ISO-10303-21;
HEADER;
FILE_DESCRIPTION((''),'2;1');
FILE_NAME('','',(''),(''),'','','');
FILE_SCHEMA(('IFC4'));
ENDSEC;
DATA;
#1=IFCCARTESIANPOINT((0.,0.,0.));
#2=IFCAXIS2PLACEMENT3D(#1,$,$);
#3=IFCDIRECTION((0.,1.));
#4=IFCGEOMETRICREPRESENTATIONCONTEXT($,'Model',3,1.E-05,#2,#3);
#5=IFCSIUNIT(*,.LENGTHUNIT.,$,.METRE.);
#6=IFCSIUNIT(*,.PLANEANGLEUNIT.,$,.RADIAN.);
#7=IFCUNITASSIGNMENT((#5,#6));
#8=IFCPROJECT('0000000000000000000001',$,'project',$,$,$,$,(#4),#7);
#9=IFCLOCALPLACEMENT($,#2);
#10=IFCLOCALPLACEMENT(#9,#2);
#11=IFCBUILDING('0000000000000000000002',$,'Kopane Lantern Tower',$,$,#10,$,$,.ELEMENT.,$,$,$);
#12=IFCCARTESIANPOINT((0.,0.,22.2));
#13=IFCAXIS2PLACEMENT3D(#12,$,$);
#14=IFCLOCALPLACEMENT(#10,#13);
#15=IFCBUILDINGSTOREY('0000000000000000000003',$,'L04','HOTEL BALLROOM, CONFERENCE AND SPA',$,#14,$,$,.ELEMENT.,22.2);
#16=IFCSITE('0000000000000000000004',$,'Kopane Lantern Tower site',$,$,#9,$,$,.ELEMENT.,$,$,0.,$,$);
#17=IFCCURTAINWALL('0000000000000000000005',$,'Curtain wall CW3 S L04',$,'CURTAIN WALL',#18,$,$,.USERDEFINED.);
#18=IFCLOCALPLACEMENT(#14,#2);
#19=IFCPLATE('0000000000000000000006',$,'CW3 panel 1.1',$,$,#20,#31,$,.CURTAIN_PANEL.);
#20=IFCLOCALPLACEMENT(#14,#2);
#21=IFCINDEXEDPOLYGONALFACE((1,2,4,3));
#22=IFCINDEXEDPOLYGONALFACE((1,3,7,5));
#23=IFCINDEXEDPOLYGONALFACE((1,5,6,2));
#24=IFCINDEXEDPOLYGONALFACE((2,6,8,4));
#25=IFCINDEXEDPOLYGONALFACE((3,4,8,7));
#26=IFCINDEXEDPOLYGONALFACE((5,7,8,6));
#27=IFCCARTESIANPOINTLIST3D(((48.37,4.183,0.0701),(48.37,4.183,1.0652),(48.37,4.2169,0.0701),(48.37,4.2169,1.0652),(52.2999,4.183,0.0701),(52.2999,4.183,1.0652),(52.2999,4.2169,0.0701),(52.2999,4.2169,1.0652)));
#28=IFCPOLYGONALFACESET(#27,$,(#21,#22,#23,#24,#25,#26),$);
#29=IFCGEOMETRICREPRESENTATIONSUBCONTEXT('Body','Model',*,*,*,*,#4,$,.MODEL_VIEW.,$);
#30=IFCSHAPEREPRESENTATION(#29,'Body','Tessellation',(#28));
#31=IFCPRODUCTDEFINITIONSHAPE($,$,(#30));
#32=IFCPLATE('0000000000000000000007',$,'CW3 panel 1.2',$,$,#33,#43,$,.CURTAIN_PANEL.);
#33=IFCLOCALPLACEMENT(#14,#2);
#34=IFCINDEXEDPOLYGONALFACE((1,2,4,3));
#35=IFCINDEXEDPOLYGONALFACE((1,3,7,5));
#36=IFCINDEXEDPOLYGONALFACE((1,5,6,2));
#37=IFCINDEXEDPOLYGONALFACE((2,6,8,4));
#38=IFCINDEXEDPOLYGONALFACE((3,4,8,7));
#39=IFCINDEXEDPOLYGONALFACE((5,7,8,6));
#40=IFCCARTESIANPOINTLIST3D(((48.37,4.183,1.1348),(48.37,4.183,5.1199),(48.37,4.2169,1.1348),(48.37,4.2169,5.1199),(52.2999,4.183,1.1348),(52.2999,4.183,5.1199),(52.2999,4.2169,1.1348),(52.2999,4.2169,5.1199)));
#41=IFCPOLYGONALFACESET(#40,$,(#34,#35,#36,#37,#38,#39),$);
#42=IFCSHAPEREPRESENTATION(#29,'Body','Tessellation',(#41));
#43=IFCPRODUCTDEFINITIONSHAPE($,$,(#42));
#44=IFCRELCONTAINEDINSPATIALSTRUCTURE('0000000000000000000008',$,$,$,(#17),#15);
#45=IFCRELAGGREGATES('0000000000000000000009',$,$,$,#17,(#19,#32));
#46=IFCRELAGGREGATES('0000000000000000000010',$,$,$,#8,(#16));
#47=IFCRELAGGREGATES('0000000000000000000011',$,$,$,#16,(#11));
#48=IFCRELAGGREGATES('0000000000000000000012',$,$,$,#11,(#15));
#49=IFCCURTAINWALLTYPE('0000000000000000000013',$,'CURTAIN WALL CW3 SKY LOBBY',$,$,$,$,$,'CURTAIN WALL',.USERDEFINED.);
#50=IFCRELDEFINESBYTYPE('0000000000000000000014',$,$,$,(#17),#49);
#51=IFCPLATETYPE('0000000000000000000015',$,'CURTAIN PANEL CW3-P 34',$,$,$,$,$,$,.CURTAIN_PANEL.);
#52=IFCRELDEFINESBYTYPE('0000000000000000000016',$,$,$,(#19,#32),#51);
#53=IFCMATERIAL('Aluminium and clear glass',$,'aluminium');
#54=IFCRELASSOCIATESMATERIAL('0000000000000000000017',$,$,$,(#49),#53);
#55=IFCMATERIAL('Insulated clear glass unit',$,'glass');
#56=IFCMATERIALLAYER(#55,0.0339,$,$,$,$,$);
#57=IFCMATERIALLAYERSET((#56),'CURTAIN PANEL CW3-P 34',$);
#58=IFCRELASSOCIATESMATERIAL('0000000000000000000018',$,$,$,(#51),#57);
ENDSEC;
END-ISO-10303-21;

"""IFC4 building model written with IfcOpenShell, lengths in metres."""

from ifc_helpers import new_model, si_unit, direction, frame, origin, origin_2d, place, context, subcontext, project, spatial, rectangle, extrude, material, layer, layer_set, type_object, element, aggregate, save


model = new_model("IFC4")

# Units and contexts
model_context = context("Model", 3, precision=1e-05, world=origin(), true_north=direction((0.0, 1.0)))
body_context = subcontext(model_context, "Body", "Model", "MODEL_VIEW")
ifc_project = project(units=[si_unit("LENGTHUNIT", "METRE"), si_unit("PLANEANGLEUNIT", "RADIAN")], contexts=[model_context])

# Site, building, storey
site_placement = place(None, origin())
site = spatial("IfcSite", under=ifc_project, at=site_placement, Name="Kopane Lantern Tower site", CompositionType="ELEMENT", RefElevation=0.0)
building_placement = place(site_placement, origin())
building = spatial("IfcBuilding", under=site, at=building_placement, Name="Kopane Lantern Tower", CompositionType="ELEMENT")
storey_placement = place(building_placement, frame((0.0, 0.0, 22.2)))
storey = spatial("IfcBuildingStorey", under=building, at=storey_placement, Name="L04", Description="HOTEL BALLROOM, CONFERENCE AND SPA", CompositionType="ELEMENT", Elevation=22.2)

# Curtain wall
ifc_material_1 = material(Name="Aluminium and clear glass", Category="aluminium")
curtain_wall_type = type_object("IfcCurtainWallType", Name="CURTAIN WALL CW3 SKY LOBBY", ElementType="CURTAIN WALL", PredefinedType="USERDEFINED", material=ifc_material_1)
curtain_wall_1_placement = place(storey_placement, origin())
curtain_wall_1 = element("IfcCurtainWall", 1, at=curtain_wall_1_placement, inside=storey, type_object=curtain_wall_type, Name="Curtain wall CW3 S L04", ObjectType="CURTAIN WALL", PredefinedType="USERDEFINED")

# Plates
ifc_material_2 = material(Name="Insulated clear glass unit", Category="glass")
ifc_layer_1 = layer(ifc_material_2, 0.0339)
ifc_layer_set_1 = layer_set([ifc_layer_1], Name="CURTAIN PANEL CW3-P 34")
plate_type = type_object("IfcPlateType", Name="CURTAIN PANEL CW3-P 34", PredefinedType="CURTAIN_PANEL", material=ifc_layer_set_1)
plate_1_placement = place(storey_placement, frame((50.335, 4.2, 0.0701), z_axis=(0.0, 0.0, 1.0), x_axis=(1.0, 0.0, 0.0)))
plate_1 = element("IfcPlate", 2, at=plate_1_placement, type_object=plate_type, Name="CW3 panel 1.1", PredefinedType="CURTAIN_PANEL", context=body_context, shape_type="SweptSolid", body=[
    extrude(rectangle(XDim=3.9299, YDim=0.0339, at=origin_2d()), origin(), (0.0, 0.0, 1.0), 0.9951),
])
plate_2_placement = place(storey_placement, frame((50.335, 4.2, 1.1348), z_axis=(0.0, 0.0, 1.0), x_axis=(1.0, 0.0, 0.0)))
plate_2 = element("IfcPlate", 3, at=plate_2_placement, type_object=plate_type, Name="CW3 panel 1.2", PredefinedType="CURTAIN_PANEL", context=body_context, shape_type="SweptSolid", body=[
    extrude(rectangle(XDim=3.9299, YDim=0.0339, at=origin_2d()), origin(), (0.0, 0.0, 1.0), 3.9851),
])
aggregate(curtain_wall_1, [plate_1, plate_2])

save(model, "model.ifc")
